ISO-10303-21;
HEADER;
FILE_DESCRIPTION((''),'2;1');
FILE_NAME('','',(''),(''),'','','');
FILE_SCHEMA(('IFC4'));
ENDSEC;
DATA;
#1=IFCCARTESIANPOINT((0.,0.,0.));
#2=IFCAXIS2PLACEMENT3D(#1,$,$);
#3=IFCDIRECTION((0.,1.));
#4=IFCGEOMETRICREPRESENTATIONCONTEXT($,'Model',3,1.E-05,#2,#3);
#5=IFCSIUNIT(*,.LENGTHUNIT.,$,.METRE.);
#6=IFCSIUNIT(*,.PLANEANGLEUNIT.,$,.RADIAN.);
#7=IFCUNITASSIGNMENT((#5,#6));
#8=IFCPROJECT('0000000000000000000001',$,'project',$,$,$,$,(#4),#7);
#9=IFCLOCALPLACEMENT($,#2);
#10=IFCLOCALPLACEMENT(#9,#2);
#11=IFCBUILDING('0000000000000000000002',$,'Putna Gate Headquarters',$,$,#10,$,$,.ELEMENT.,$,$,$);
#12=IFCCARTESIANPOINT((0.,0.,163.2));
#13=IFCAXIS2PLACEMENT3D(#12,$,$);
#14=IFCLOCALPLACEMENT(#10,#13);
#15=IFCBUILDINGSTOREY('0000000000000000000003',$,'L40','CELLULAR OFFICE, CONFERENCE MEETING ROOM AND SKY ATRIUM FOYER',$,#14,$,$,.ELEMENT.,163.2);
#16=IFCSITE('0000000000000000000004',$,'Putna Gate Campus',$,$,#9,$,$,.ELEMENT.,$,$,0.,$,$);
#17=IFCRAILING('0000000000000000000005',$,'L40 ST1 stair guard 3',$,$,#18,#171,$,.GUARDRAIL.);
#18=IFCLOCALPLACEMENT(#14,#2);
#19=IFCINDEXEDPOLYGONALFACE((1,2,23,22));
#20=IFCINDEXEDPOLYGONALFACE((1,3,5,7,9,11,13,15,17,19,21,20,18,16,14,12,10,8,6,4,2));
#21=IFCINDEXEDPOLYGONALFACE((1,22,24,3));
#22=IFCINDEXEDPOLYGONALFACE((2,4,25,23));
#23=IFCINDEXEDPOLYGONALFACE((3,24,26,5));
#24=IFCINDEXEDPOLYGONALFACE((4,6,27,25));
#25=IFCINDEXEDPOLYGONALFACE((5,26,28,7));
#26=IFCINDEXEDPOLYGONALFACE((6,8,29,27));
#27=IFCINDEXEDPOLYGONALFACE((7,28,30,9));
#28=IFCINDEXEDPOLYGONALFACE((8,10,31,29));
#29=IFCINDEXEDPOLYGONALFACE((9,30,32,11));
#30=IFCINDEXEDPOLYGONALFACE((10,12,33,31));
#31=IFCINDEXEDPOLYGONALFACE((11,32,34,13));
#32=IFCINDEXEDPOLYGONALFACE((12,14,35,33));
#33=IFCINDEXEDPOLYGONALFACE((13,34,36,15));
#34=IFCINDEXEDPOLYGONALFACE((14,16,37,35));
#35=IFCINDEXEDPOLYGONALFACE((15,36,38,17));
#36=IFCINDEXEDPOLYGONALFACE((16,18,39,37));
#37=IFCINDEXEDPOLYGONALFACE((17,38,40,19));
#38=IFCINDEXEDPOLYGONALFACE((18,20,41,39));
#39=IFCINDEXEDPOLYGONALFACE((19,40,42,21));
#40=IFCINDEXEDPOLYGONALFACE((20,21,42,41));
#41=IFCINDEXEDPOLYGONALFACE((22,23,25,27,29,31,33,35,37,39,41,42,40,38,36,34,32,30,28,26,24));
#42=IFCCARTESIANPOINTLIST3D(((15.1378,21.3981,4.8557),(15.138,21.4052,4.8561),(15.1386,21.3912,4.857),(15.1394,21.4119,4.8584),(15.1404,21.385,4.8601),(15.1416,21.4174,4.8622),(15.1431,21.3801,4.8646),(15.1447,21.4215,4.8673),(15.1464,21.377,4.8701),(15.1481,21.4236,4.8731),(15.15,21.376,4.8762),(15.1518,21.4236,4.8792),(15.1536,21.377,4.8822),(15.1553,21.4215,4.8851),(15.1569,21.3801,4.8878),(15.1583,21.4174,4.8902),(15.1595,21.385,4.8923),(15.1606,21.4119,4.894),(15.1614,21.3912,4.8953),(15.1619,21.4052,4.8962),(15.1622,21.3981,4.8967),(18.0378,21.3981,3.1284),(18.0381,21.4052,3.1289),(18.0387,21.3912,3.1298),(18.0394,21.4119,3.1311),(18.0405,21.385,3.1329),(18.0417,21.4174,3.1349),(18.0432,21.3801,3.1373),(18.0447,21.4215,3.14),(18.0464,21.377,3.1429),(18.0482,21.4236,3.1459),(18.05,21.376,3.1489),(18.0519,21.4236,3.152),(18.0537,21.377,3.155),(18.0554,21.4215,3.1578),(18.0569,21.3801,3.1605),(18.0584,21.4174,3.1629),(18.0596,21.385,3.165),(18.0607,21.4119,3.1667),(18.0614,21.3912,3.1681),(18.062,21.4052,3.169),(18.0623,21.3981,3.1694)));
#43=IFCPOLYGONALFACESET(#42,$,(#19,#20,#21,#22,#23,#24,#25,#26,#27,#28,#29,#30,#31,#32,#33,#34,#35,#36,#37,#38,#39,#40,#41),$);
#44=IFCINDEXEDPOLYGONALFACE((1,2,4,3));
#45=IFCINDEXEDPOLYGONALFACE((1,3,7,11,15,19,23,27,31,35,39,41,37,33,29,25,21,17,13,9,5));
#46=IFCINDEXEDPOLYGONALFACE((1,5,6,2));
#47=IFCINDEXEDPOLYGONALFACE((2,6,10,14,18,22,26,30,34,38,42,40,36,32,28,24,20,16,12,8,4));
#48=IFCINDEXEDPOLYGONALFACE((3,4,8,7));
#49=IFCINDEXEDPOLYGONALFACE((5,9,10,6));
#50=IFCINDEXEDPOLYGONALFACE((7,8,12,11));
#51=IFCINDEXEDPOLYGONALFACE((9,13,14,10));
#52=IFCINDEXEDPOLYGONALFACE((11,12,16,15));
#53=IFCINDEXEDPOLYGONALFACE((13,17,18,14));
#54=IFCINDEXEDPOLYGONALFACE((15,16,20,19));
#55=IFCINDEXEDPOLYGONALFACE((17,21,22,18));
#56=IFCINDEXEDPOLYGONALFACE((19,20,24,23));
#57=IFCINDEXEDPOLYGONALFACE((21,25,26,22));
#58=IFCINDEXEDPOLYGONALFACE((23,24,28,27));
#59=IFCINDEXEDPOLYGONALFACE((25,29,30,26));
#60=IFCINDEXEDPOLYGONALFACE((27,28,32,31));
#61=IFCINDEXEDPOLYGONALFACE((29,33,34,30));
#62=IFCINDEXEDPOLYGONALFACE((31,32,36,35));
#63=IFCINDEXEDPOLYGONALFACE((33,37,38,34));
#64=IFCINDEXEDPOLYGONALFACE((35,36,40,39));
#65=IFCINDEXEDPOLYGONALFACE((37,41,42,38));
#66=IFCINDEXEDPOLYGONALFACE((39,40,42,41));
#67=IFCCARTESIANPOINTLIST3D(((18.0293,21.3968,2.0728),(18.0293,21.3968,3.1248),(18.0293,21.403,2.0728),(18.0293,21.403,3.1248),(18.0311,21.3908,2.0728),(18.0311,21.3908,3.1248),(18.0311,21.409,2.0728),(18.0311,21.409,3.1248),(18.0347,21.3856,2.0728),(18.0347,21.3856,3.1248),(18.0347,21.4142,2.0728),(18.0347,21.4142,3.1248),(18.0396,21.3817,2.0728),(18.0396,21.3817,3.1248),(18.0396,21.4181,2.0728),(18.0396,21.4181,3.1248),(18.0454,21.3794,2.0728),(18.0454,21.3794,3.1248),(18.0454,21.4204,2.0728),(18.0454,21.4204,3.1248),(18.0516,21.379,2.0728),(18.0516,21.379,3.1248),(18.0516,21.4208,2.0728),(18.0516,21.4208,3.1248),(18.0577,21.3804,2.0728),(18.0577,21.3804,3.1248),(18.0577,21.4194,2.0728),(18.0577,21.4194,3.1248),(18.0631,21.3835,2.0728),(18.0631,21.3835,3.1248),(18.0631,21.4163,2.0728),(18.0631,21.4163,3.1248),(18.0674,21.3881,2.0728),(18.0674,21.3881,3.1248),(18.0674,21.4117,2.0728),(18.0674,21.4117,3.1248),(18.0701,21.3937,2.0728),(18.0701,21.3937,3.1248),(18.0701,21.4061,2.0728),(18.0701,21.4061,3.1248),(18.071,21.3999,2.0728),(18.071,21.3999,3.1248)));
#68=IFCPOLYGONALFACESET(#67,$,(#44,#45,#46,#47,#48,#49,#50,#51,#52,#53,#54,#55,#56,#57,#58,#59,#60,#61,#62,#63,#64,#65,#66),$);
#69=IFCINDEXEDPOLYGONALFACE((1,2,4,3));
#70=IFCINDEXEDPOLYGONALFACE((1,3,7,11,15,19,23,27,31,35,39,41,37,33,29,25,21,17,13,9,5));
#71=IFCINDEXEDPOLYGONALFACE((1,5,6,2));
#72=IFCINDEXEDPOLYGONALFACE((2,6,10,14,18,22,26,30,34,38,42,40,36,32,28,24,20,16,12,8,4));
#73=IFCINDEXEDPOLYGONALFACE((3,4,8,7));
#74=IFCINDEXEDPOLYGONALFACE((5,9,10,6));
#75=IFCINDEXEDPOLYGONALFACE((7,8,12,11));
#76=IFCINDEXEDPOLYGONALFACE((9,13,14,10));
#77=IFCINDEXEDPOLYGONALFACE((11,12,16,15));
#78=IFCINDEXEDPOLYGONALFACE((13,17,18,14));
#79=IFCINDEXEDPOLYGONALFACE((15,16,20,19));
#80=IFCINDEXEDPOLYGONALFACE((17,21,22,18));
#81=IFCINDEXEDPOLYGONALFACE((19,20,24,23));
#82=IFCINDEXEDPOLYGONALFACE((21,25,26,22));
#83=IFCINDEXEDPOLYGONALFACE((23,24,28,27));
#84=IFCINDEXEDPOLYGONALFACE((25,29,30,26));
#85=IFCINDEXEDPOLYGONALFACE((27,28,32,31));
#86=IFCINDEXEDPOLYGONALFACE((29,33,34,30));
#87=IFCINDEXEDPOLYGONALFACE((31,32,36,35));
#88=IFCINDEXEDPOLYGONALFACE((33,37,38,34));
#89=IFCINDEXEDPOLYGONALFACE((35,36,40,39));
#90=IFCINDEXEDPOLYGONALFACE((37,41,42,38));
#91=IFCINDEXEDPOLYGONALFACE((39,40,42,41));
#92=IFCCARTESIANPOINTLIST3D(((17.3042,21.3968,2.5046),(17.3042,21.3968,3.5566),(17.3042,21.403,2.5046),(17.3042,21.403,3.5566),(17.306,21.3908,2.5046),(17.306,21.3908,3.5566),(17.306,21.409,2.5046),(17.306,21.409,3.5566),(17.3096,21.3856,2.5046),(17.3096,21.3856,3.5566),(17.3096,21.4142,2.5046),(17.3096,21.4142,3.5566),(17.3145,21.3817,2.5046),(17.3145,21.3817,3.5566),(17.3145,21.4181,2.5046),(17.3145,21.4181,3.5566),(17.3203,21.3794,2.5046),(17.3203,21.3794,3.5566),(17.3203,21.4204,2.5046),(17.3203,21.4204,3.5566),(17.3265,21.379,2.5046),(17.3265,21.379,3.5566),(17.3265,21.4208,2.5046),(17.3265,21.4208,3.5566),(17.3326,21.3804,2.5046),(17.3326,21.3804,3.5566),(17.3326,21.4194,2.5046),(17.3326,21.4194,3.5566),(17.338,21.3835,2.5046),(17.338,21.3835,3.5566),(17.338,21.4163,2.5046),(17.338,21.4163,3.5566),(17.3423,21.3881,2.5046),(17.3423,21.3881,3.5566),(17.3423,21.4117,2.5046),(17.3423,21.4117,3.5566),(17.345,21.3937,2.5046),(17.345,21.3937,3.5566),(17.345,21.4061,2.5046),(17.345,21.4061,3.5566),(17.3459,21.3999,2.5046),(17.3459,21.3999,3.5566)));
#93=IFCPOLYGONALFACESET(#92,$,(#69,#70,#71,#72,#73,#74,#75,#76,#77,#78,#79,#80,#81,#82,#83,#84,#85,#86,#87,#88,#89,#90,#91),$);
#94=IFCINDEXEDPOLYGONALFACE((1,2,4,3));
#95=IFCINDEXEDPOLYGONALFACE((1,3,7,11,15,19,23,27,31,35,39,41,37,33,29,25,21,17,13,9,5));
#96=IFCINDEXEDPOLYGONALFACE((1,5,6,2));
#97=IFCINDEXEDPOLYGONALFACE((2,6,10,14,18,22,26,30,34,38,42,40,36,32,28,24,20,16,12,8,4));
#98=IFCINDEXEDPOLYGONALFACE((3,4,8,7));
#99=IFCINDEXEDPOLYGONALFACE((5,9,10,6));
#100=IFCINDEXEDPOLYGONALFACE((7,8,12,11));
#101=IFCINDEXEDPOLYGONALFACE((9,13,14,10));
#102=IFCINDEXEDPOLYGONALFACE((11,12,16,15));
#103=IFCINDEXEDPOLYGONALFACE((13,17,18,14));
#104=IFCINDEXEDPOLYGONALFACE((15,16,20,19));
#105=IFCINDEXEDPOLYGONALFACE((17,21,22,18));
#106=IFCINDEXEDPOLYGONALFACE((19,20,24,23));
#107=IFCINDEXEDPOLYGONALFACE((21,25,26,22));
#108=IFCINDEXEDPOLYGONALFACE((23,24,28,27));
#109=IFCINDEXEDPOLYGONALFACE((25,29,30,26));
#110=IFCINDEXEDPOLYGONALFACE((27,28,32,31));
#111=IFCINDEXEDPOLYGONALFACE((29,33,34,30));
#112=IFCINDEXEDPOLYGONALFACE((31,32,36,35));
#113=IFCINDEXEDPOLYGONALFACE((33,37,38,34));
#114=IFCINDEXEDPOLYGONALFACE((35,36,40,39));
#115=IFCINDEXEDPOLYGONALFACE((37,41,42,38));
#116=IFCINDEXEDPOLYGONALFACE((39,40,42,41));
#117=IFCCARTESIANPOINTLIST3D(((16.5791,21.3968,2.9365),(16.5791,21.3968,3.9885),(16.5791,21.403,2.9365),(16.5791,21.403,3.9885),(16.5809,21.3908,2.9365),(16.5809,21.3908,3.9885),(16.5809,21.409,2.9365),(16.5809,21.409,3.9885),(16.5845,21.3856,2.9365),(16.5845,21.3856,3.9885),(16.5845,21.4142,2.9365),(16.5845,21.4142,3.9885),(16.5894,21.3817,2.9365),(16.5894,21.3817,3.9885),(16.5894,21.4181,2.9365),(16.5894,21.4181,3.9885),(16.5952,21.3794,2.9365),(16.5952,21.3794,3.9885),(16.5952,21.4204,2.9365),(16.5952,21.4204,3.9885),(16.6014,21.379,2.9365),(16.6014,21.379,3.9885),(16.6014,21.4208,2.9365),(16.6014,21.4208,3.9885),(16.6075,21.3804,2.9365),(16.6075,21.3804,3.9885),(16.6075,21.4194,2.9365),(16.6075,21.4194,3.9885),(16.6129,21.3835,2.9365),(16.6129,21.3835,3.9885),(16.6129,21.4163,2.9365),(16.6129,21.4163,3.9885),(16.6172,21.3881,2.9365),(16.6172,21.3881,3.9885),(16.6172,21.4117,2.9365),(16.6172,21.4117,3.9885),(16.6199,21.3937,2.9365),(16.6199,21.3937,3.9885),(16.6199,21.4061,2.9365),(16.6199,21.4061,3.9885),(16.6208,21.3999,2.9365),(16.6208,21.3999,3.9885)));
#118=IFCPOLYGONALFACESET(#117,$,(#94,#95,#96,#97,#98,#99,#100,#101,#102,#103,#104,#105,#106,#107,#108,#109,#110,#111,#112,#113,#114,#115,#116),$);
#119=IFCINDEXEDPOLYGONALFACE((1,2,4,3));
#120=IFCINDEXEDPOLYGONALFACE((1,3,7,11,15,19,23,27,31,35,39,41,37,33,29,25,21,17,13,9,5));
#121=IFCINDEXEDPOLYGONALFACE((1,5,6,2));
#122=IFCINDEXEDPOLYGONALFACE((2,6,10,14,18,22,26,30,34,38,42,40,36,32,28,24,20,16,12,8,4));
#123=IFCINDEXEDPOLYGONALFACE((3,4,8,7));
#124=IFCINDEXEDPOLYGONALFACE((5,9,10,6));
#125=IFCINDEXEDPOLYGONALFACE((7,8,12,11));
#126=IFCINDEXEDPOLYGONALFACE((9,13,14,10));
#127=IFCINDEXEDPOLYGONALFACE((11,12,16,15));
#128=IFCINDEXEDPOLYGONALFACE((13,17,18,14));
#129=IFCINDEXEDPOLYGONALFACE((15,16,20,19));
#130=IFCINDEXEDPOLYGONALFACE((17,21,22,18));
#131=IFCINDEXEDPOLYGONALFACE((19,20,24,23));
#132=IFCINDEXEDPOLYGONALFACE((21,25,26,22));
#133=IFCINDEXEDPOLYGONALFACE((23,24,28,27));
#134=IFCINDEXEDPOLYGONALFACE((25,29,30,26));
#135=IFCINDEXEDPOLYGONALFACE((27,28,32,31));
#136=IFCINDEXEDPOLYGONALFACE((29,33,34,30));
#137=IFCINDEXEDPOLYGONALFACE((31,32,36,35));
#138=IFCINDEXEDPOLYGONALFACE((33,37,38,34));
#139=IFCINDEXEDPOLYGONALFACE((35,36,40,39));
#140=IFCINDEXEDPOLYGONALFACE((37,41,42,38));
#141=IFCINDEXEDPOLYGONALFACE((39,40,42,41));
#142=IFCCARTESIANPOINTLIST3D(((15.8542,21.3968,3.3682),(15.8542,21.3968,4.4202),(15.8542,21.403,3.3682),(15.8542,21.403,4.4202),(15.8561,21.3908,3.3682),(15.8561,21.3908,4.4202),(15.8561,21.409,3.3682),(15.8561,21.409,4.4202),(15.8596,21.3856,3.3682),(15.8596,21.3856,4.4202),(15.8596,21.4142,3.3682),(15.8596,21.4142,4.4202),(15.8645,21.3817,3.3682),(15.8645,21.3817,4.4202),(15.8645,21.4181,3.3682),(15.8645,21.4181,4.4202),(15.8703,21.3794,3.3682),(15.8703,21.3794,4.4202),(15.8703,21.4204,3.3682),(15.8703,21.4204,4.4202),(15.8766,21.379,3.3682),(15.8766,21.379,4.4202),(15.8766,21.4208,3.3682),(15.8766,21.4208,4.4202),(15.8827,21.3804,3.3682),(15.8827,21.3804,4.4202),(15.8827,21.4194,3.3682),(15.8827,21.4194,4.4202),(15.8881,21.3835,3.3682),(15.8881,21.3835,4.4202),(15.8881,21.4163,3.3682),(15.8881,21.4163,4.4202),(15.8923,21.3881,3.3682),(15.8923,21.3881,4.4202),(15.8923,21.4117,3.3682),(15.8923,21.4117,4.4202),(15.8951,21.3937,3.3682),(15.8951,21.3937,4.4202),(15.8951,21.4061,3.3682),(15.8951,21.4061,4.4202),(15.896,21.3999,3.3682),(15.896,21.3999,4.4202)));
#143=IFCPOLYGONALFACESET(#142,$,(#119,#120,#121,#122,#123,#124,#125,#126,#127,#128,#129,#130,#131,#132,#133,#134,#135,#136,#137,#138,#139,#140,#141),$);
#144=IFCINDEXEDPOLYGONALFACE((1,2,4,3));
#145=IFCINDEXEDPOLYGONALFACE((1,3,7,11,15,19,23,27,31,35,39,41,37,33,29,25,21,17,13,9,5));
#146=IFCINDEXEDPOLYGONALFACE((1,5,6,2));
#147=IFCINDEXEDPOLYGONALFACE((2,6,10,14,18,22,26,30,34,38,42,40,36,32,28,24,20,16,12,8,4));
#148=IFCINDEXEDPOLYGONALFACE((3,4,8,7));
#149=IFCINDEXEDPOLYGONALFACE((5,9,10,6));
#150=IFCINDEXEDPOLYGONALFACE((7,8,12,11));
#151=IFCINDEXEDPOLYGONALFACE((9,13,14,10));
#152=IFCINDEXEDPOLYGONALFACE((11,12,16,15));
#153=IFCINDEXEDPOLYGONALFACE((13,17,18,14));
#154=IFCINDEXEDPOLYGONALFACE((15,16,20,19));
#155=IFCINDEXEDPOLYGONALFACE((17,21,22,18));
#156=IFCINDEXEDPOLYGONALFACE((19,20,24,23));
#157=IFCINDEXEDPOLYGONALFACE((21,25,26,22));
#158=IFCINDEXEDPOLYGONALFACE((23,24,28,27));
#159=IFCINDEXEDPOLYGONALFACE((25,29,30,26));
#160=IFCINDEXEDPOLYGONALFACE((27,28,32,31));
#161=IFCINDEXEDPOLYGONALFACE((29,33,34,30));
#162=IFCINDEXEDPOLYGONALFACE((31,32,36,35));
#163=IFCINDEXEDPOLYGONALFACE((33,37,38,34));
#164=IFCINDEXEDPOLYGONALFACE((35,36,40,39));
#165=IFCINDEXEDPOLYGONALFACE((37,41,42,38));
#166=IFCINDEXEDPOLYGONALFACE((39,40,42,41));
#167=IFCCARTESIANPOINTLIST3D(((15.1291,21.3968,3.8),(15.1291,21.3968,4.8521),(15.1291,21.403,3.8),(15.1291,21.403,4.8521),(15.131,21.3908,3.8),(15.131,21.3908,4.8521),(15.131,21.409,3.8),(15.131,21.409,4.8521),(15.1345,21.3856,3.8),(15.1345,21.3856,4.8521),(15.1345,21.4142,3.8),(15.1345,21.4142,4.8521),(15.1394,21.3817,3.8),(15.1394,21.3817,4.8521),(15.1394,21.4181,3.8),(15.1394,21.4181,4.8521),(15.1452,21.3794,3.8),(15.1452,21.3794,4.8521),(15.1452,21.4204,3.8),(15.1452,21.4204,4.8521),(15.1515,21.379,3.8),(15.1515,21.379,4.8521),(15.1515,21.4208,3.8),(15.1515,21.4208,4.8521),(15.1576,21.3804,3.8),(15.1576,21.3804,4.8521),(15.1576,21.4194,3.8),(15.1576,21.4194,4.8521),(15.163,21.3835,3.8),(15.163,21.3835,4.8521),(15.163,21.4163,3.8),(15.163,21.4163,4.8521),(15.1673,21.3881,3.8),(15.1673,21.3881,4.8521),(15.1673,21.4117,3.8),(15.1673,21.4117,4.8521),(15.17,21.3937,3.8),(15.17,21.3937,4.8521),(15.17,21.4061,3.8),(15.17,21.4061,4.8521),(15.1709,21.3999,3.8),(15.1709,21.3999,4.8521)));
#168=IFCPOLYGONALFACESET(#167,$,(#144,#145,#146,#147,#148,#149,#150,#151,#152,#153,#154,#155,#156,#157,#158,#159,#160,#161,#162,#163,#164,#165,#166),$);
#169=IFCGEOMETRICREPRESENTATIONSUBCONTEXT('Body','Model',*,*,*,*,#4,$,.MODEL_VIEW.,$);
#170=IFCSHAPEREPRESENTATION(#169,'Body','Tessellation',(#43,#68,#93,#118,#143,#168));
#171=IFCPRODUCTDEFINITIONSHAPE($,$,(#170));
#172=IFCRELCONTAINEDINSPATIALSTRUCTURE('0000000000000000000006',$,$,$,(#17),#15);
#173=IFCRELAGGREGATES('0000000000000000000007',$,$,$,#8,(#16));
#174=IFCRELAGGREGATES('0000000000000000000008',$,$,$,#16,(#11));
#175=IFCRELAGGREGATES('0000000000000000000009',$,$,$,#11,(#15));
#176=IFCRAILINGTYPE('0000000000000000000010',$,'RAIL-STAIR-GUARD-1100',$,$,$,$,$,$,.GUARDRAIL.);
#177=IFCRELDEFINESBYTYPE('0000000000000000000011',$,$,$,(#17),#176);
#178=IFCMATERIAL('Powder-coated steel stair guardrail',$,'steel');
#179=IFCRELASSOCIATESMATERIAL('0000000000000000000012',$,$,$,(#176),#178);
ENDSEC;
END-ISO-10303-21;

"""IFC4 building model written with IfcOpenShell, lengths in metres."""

from ifc_helpers import new_model, si_unit, direction, frame, origin, origin_2d, place, context, subcontext, project, spatial, circle, extrude, material, type_object, element, save


model = new_model("IFC4")

# Units and contexts
model_context = context("Model", 3, precision=1e-05, world=origin(), true_north=direction((0.0, 1.0)))
body_context = subcontext(model_context, "Body", "Model", "MODEL_VIEW")
ifc_project = project(units=[si_unit("LENGTHUNIT", "METRE"), si_unit("PLANEANGLEUNIT", "RADIAN")], contexts=[model_context])

# Site, building, storey
site_placement = place(None, origin())
site = spatial("IfcSite", under=ifc_project, at=site_placement, Name="Putna Gate Campus", CompositionType="ELEMENT", RefElevation=0.0)
building_placement = place(site_placement, origin())
building = spatial("IfcBuilding", under=site, at=building_placement, Name="Putna Gate Headquarters", CompositionType="ELEMENT")
storey_placement = place(building_placement, frame((0.0, 0.0, 163.2)))
storey = spatial("IfcBuildingStorey", under=building, at=storey_placement, Name="L40", Description="CELLULAR OFFICE, CONFERENCE MEETING ROOM AND SKY ATRIUM FOYER", CompositionType="ELEMENT", Elevation=163.2)

# Railing
ifc_material_1 = material(Name="Powder-coated steel stair guardrail", Category="steel")
railing_type_1 = type_object("IfcRailingType", Name="RAIL-STAIR-GUARD-1100", PredefinedType="GUARDRAIL", material=ifc_material_1)
railing_1_placement = place(storey_placement, frame((18.05, 21.3999, 2.0728)))
element("IfcRailing", 1, at=railing_1_placement, inside=storey, type_object=railing_type_1, Name="L40 ST1 stair guard 3", PredefinedType="GUARDRAIL", context=body_context, shape_type="SweptSolid", body=[
    extrude(circle(Radius=0.0239, at=origin_2d()), frame((0.0, 0.0, 1.0762), z_axis=(-0.85916, 0.0, 0.511706), x_axis=(0.0, -1.0, 0.0)), (0.0, 0.0, 1.0), 3.3755),
    extrude(circle(Radius=0.021, at=origin_2d()), origin(), (0.0, 0.0, 1.0), 1.052),
    extrude(circle(Radius=0.021, at=origin_2d()), frame((-0.7251, 0.0, 0.4319)), (0.0, 0.0, 1.0), 1.052),
    extrude(circle(Radius=0.021, at=origin_2d()), frame((-1.4502, 0.0, 0.8638)), (0.0, 0.0, 1.0), 1.052),
    extrude(circle(Radius=0.021, at=origin_2d()), frame((-2.175, 0.0, 1.2954)), (0.0, 0.0, 1.0), 1.052),
    extrude(circle(Radius=0.021, at=origin_2d()), frame((-2.9001, 0.0, 1.7273)), (0.0, 0.0, 1.0), 1.052),
])

save(model, "model.ifc")
